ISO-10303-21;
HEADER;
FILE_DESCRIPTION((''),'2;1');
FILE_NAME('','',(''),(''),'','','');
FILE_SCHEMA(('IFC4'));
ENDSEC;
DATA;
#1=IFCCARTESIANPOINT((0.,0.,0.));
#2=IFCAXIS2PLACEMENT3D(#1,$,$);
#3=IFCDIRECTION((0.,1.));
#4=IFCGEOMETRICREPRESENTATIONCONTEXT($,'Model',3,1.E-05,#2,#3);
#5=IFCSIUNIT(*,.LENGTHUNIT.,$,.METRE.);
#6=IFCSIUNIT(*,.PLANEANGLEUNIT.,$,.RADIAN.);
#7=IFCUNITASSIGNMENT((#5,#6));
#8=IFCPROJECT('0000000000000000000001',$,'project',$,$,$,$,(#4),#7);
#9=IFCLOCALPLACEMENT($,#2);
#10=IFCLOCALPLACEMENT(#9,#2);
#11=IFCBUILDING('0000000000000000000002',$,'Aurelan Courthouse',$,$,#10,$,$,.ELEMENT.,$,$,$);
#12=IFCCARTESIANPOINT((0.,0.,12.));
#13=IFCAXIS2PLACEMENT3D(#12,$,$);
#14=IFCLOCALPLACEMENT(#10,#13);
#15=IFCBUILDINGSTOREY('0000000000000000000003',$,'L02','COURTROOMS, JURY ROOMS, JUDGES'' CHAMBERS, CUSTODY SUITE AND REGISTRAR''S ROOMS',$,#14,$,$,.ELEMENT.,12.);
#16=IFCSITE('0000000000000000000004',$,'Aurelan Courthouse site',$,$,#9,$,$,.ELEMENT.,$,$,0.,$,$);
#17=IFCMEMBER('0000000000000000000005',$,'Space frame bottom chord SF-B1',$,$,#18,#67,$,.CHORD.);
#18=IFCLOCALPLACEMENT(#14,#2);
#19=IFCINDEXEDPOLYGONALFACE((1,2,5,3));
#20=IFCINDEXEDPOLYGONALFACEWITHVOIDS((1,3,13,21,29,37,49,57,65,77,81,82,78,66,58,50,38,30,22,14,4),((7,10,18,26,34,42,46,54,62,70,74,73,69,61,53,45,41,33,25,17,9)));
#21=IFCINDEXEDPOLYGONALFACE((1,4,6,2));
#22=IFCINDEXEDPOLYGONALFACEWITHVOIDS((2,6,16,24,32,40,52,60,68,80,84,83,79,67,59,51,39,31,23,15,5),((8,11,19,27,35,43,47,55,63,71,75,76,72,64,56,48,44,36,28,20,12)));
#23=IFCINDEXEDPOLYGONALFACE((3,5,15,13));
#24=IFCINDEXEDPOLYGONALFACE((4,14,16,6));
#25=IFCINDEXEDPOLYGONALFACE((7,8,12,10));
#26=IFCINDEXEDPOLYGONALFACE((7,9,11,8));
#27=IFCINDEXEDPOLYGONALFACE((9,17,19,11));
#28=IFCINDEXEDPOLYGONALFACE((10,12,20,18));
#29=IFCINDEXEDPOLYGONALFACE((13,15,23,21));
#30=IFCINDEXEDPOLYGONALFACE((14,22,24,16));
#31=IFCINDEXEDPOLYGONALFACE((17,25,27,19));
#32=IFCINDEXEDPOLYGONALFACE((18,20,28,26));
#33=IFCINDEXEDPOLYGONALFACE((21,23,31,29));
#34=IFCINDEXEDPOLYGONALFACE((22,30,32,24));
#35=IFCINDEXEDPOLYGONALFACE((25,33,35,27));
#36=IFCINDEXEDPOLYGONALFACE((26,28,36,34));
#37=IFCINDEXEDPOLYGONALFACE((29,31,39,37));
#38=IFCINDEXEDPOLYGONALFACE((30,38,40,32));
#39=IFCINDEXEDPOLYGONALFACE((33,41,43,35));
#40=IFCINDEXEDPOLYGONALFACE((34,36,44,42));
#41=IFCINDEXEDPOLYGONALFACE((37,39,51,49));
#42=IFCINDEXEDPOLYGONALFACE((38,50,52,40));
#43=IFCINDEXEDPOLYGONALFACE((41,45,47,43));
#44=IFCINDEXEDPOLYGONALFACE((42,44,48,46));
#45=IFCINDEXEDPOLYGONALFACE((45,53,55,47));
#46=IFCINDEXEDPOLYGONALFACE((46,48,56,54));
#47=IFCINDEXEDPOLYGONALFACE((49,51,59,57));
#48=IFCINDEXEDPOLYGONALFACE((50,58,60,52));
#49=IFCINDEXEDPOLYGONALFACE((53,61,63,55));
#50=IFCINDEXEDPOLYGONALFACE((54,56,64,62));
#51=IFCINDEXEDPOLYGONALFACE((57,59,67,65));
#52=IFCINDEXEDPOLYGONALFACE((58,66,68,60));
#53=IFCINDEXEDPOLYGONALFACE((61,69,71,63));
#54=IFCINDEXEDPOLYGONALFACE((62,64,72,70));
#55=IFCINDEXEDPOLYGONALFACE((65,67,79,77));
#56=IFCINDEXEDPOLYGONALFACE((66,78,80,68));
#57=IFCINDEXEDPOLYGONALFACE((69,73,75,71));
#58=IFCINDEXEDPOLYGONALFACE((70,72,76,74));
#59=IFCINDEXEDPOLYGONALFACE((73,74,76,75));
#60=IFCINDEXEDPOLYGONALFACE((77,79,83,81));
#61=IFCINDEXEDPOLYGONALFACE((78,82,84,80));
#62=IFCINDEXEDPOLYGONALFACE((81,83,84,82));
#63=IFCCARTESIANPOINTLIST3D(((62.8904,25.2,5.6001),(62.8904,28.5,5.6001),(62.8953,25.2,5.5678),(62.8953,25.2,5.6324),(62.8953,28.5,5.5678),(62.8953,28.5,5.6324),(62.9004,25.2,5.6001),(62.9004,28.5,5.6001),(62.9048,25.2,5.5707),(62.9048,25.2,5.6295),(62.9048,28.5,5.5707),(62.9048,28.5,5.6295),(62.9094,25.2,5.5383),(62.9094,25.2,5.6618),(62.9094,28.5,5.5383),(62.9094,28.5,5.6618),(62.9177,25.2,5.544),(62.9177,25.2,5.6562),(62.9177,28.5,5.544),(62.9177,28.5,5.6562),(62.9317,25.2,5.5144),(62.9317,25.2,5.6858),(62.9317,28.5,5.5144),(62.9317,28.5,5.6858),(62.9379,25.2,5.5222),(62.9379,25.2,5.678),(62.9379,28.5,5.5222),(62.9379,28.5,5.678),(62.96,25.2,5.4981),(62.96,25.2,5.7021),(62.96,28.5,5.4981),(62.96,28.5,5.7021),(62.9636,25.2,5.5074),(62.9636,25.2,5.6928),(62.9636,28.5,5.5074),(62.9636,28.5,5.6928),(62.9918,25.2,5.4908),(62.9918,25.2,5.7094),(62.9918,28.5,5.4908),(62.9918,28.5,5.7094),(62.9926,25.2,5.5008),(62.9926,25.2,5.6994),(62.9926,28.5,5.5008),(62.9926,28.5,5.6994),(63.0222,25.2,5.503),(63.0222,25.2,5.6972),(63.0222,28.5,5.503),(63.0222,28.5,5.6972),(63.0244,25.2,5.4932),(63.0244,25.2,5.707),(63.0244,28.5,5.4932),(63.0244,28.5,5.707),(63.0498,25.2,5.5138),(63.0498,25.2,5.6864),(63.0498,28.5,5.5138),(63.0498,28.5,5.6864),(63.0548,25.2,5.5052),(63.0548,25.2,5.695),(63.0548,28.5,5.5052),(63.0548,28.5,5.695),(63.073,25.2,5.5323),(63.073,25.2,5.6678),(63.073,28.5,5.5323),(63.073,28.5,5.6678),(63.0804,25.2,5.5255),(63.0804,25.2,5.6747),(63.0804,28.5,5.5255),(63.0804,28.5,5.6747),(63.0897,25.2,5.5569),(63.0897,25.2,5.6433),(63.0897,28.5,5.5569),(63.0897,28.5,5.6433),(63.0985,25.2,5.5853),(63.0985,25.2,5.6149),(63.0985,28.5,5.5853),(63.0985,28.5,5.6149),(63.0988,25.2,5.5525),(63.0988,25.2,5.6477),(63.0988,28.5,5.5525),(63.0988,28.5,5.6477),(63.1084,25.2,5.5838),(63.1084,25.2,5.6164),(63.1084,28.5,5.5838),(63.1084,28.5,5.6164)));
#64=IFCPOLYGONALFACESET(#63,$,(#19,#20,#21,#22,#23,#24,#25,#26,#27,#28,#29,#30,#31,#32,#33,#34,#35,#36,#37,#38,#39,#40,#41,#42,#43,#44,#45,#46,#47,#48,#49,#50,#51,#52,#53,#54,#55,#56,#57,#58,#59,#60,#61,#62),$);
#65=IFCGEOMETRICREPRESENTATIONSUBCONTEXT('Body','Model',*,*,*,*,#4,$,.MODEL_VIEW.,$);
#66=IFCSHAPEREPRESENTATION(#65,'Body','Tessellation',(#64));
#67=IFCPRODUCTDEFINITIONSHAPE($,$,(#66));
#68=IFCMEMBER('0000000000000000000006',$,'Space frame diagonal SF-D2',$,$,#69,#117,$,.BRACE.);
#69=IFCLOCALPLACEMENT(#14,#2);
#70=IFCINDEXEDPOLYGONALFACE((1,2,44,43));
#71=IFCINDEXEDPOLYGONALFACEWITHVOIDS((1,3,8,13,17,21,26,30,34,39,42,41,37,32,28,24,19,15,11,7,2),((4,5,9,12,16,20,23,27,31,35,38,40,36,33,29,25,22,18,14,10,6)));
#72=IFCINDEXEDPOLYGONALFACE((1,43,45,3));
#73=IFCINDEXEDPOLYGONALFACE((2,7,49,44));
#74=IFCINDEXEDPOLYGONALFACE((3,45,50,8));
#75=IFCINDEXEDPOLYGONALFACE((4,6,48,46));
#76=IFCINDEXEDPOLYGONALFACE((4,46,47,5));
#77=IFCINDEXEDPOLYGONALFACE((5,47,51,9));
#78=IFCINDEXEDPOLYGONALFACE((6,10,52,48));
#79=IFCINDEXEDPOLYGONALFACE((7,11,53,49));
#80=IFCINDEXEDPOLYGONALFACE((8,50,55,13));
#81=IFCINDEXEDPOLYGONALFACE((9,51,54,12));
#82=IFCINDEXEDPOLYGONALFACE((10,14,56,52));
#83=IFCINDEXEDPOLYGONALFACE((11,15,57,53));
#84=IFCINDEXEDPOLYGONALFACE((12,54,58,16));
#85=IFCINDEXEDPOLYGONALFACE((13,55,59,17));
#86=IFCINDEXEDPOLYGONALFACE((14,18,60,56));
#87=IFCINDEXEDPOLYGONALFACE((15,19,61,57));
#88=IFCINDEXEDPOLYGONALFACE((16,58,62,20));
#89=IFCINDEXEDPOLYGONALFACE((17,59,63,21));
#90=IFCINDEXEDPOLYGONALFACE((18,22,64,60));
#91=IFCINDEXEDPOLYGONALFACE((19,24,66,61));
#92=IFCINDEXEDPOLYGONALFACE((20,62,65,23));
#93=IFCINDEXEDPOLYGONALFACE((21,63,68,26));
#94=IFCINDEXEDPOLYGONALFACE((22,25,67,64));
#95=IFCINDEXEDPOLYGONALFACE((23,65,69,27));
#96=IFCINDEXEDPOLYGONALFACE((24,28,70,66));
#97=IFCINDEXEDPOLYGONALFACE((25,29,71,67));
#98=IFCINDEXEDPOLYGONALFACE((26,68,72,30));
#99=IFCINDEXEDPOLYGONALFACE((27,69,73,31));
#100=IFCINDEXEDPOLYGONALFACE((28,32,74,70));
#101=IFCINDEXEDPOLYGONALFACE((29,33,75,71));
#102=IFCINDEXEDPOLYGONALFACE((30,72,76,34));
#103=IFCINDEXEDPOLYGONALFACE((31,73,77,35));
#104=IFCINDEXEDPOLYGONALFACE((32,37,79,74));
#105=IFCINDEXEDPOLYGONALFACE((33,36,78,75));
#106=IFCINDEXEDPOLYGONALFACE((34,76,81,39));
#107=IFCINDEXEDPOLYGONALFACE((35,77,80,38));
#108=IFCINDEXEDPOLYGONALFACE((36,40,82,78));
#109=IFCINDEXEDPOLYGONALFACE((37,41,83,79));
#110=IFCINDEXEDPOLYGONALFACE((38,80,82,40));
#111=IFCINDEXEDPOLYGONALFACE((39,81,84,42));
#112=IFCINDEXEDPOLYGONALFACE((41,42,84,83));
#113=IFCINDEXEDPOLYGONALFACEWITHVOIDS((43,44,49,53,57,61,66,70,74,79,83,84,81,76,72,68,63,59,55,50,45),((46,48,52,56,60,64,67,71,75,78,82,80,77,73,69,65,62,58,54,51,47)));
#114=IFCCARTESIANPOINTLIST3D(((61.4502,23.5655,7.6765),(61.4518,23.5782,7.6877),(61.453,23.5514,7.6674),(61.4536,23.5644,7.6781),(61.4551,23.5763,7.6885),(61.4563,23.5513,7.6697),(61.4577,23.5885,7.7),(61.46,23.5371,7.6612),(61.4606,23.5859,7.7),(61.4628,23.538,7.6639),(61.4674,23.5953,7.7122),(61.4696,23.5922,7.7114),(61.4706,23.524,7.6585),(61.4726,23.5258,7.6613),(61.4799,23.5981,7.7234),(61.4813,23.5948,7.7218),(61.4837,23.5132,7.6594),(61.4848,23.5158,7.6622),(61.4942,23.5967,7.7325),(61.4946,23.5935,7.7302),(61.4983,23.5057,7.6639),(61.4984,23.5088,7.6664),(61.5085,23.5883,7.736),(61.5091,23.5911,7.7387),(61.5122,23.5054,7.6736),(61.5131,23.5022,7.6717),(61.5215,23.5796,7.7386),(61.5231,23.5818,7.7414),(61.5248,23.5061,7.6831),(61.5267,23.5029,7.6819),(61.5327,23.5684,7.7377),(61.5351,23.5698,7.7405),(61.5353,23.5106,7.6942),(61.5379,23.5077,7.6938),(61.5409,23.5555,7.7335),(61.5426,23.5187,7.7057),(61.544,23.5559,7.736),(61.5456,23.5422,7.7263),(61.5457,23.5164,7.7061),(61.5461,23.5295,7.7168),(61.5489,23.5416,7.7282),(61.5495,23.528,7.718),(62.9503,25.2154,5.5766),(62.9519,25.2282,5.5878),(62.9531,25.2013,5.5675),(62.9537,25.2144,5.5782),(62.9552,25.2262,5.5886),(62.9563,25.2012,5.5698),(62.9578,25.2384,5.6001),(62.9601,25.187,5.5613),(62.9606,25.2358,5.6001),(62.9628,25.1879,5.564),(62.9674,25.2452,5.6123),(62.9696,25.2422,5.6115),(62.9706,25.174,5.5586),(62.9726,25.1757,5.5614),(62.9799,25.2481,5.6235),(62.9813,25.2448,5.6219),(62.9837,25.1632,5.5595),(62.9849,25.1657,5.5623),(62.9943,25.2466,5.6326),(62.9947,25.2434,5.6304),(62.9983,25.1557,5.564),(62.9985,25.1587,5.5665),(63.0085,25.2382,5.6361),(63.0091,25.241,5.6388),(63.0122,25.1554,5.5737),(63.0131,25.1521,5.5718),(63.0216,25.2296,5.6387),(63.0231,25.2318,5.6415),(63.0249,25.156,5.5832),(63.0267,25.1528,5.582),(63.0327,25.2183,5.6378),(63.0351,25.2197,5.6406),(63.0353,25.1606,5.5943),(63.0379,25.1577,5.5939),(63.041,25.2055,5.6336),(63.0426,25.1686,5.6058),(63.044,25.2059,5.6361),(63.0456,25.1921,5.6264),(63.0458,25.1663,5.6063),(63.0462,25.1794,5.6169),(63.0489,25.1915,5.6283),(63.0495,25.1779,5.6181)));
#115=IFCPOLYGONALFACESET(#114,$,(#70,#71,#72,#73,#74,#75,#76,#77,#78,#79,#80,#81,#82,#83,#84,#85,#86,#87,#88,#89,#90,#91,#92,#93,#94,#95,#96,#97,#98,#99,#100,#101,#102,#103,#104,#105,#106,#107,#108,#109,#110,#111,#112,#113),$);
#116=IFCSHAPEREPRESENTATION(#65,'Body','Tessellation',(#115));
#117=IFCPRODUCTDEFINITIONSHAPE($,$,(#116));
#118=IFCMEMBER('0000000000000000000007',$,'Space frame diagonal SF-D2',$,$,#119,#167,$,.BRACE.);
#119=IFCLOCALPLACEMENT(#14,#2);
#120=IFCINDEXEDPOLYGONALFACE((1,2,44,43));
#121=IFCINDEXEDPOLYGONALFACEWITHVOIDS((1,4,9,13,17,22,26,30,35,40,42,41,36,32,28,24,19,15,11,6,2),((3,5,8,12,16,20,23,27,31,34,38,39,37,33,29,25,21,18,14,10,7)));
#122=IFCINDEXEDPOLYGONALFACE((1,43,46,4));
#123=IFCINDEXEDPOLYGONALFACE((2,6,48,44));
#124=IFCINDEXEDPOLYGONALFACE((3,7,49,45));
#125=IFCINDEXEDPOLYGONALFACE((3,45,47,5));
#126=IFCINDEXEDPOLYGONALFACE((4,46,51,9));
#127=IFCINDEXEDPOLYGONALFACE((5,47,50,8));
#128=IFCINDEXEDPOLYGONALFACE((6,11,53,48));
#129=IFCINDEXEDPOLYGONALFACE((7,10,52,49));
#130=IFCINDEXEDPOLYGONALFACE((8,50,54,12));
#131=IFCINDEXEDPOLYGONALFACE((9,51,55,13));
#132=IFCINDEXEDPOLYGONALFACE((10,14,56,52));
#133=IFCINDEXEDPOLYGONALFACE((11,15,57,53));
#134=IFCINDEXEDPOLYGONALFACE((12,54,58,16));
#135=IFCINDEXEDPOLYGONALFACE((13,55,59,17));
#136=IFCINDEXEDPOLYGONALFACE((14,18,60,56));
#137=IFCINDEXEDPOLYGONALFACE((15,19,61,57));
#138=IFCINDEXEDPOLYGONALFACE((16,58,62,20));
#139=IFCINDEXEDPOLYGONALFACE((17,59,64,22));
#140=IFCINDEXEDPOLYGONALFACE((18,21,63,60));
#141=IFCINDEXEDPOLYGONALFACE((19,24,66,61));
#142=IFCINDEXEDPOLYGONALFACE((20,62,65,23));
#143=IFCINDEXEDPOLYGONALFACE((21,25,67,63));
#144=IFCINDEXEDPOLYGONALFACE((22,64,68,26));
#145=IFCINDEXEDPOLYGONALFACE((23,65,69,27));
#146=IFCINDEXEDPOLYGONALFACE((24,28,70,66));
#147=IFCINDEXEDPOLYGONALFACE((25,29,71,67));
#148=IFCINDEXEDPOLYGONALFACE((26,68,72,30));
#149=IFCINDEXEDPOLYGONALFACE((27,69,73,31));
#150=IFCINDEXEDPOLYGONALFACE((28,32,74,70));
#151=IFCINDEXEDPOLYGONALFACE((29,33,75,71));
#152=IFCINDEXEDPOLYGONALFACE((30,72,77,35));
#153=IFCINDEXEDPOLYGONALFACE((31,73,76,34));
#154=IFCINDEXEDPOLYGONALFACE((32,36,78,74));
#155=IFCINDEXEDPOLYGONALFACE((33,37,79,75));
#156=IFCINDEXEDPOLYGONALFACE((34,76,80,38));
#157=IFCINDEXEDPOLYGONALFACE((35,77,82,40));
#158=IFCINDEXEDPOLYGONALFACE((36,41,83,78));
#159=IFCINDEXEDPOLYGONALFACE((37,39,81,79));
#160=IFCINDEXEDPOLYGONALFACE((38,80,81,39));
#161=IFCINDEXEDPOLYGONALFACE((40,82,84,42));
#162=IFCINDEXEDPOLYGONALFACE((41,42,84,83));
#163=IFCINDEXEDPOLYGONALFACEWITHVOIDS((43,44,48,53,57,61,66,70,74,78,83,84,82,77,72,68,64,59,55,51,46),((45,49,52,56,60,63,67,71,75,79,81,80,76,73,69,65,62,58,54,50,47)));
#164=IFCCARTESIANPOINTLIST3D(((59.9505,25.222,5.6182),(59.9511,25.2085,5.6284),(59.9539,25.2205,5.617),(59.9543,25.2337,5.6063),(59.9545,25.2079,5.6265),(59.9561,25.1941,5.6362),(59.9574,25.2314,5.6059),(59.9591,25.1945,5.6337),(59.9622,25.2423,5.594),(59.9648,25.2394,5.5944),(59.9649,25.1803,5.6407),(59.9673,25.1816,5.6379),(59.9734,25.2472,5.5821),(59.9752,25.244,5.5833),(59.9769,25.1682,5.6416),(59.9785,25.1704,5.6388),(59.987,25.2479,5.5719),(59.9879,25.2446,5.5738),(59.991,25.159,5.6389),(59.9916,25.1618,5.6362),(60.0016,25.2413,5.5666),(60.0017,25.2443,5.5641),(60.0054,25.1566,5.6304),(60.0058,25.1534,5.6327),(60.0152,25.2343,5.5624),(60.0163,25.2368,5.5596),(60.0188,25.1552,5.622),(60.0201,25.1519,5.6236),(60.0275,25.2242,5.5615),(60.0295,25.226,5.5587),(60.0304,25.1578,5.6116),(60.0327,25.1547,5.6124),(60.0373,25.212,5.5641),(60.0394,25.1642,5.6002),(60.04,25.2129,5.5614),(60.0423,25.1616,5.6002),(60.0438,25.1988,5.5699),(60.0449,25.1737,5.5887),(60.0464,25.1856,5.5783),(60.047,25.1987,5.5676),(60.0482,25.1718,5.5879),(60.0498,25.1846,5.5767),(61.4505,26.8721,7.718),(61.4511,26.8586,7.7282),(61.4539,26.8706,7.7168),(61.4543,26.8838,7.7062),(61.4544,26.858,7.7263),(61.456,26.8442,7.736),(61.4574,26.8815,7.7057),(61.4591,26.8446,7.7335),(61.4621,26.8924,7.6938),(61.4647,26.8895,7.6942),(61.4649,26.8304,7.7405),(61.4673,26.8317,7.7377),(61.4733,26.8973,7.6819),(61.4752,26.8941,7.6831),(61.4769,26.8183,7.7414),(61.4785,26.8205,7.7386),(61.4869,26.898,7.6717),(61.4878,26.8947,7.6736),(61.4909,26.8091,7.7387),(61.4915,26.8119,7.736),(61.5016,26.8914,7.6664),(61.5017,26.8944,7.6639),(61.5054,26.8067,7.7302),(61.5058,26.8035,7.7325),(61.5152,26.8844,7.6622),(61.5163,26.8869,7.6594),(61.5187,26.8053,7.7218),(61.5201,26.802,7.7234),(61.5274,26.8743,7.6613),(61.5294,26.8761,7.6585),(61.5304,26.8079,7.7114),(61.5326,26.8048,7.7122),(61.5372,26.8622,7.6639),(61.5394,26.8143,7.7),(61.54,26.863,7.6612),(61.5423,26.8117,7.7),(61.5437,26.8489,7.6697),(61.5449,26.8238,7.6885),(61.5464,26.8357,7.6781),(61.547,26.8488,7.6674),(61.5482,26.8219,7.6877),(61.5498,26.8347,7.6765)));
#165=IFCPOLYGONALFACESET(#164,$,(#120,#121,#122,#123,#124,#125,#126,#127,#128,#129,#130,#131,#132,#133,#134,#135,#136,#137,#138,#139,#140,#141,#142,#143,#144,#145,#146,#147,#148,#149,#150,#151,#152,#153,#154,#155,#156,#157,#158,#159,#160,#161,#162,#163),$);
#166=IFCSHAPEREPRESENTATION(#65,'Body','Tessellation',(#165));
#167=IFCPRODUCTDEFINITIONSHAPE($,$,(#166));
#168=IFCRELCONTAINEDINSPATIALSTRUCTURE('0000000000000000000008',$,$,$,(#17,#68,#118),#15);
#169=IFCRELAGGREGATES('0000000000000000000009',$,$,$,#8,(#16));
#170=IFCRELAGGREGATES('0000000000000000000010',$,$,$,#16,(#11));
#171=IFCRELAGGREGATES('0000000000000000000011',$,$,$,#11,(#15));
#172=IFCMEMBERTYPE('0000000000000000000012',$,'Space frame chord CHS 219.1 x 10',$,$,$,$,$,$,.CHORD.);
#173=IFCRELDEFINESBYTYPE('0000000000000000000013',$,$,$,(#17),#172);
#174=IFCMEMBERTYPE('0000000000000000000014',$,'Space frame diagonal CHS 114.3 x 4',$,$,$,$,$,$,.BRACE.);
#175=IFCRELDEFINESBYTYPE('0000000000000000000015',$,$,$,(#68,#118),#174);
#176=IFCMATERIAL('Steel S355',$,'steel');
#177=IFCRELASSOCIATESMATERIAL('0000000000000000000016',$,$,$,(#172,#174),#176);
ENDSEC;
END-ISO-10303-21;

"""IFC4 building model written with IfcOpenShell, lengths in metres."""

from ifc_helpers import new_model, si_unit, direction, frame, origin, origin_2d, place, context, subcontext, project, spatial, hollow_circle, extrude, material, material_profile, profile_set, type_object, element, save


model = new_model("IFC4")

# Units and contexts
model_context = context("Model", 3, precision=1e-05, world=origin(), true_north=direction((0.0, 1.0)))
body_context = subcontext(model_context, "Body", "Model", "MODEL_VIEW")
ifc_project = project(units=[si_unit("LENGTHUNIT", "METRE"), si_unit("PLANEANGLEUNIT", "RADIAN")], contexts=[model_context])

# Site, building, storey
site_placement = place(None, origin())
site = spatial("IfcSite", under=ifc_project, at=site_placement, Name="Aurelan Courthouse site", CompositionType="ELEMENT", RefElevation=0.0)
building_placement = place(site_placement, origin())
building = spatial("IfcBuilding", under=site, at=building_placement, Name="Aurelan Courthouse", CompositionType="ELEMENT")
storey_placement = place(building_placement, frame((0.0, 0.0, 12.0)))
storey = spatial("IfcBuildingStorey", under=building, at=storey_placement, Name="L02", Description="COURTROOMS, JURY ROOMS, JUDGES' CHAMBERS, CUSTODY SUITE AND REGISTRAR'S ROOMS", CompositionType="ELEMENT", Elevation=12.0)

# Shared definitions
ifc_material_1 = material(Name="Steel S355", Category="steel")

# Members
ifc_material_profile_1 = material_profile(ifc_material_1, hollow_circle(Radius=0.1096, WallThickness=0.01, at=origin_2d()), Name="CHS 219.1 x 10")
ifc_profile_set_1 = profile_set([ifc_material_profile_1], Name="Steel S355")
member_type_1 = type_object("IfcMemberType", Name="Space frame chord CHS 219.1 x 10", PredefinedType="CHORD", material=ifc_profile_set_1)
for number, where, z_axis, x_axis, name in (
    (1, (63.0, 25.2, 5.6001), (0.0, 1.0, 0.0), (-1.0, 0.0, 0.0), "Space frame bottom chord SF-B1"),
):
    element("IfcMember", number, at=place(storey_placement, frame(where, z_axis=z_axis, x_axis=x_axis)), inside=storey, type_object=member_type_1, Name=name, PredefinedType="CHORD", context=body_context, shape_type="SweptSolid", body=[
        extrude(hollow_circle(Radius=0.1096, WallThickness=0.01, at=origin_2d()), origin(), (0.0, 0.0, 1.0), 3.3),
    ])
ifc_material_profile_2 = material_profile(ifc_material_1, hollow_circle(Radius=0.0571, WallThickness=0.0039, at=origin_2d()), Name="CHS 114.3 x 4")
ifc_profile_set_2 = profile_set([ifc_material_profile_2], Name="Steel S355")
member_type_2 = type_object("IfcMemberType", Name="Space frame diagonal CHS 114.3 x 4", PredefinedType="BRACE", material=ifc_profile_set_2)
for number, where, z_axis, x_axis, name in (
    (2, (61.5, 23.55, 7.7), (0.489727, 0.538667, -0.685569), (-0.73992, 0.672695, 0.0), "Space frame diagonal SF-D2"),
    (3, (61.5, 26.8501, 7.7), (-0.489706, -0.538724, -0.68554), (0.73997, -0.67264, 0.0), "Space frame diagonal SF-D2"),
):
    element("IfcMember", number, at=place(storey_placement, frame(where, z_axis=z_axis, x_axis=x_axis)), inside=storey, type_object=member_type_2, Name=name, PredefinedType="BRACE", context=body_context, shape_type="SweptSolid", body=[
        extrude(hollow_circle(Radius=0.0571, WallThickness=0.0039, at=origin_2d()), origin(), (0.0, 0.0, 1.0), 3.063),
    ])

save(model, "model.ifc")
